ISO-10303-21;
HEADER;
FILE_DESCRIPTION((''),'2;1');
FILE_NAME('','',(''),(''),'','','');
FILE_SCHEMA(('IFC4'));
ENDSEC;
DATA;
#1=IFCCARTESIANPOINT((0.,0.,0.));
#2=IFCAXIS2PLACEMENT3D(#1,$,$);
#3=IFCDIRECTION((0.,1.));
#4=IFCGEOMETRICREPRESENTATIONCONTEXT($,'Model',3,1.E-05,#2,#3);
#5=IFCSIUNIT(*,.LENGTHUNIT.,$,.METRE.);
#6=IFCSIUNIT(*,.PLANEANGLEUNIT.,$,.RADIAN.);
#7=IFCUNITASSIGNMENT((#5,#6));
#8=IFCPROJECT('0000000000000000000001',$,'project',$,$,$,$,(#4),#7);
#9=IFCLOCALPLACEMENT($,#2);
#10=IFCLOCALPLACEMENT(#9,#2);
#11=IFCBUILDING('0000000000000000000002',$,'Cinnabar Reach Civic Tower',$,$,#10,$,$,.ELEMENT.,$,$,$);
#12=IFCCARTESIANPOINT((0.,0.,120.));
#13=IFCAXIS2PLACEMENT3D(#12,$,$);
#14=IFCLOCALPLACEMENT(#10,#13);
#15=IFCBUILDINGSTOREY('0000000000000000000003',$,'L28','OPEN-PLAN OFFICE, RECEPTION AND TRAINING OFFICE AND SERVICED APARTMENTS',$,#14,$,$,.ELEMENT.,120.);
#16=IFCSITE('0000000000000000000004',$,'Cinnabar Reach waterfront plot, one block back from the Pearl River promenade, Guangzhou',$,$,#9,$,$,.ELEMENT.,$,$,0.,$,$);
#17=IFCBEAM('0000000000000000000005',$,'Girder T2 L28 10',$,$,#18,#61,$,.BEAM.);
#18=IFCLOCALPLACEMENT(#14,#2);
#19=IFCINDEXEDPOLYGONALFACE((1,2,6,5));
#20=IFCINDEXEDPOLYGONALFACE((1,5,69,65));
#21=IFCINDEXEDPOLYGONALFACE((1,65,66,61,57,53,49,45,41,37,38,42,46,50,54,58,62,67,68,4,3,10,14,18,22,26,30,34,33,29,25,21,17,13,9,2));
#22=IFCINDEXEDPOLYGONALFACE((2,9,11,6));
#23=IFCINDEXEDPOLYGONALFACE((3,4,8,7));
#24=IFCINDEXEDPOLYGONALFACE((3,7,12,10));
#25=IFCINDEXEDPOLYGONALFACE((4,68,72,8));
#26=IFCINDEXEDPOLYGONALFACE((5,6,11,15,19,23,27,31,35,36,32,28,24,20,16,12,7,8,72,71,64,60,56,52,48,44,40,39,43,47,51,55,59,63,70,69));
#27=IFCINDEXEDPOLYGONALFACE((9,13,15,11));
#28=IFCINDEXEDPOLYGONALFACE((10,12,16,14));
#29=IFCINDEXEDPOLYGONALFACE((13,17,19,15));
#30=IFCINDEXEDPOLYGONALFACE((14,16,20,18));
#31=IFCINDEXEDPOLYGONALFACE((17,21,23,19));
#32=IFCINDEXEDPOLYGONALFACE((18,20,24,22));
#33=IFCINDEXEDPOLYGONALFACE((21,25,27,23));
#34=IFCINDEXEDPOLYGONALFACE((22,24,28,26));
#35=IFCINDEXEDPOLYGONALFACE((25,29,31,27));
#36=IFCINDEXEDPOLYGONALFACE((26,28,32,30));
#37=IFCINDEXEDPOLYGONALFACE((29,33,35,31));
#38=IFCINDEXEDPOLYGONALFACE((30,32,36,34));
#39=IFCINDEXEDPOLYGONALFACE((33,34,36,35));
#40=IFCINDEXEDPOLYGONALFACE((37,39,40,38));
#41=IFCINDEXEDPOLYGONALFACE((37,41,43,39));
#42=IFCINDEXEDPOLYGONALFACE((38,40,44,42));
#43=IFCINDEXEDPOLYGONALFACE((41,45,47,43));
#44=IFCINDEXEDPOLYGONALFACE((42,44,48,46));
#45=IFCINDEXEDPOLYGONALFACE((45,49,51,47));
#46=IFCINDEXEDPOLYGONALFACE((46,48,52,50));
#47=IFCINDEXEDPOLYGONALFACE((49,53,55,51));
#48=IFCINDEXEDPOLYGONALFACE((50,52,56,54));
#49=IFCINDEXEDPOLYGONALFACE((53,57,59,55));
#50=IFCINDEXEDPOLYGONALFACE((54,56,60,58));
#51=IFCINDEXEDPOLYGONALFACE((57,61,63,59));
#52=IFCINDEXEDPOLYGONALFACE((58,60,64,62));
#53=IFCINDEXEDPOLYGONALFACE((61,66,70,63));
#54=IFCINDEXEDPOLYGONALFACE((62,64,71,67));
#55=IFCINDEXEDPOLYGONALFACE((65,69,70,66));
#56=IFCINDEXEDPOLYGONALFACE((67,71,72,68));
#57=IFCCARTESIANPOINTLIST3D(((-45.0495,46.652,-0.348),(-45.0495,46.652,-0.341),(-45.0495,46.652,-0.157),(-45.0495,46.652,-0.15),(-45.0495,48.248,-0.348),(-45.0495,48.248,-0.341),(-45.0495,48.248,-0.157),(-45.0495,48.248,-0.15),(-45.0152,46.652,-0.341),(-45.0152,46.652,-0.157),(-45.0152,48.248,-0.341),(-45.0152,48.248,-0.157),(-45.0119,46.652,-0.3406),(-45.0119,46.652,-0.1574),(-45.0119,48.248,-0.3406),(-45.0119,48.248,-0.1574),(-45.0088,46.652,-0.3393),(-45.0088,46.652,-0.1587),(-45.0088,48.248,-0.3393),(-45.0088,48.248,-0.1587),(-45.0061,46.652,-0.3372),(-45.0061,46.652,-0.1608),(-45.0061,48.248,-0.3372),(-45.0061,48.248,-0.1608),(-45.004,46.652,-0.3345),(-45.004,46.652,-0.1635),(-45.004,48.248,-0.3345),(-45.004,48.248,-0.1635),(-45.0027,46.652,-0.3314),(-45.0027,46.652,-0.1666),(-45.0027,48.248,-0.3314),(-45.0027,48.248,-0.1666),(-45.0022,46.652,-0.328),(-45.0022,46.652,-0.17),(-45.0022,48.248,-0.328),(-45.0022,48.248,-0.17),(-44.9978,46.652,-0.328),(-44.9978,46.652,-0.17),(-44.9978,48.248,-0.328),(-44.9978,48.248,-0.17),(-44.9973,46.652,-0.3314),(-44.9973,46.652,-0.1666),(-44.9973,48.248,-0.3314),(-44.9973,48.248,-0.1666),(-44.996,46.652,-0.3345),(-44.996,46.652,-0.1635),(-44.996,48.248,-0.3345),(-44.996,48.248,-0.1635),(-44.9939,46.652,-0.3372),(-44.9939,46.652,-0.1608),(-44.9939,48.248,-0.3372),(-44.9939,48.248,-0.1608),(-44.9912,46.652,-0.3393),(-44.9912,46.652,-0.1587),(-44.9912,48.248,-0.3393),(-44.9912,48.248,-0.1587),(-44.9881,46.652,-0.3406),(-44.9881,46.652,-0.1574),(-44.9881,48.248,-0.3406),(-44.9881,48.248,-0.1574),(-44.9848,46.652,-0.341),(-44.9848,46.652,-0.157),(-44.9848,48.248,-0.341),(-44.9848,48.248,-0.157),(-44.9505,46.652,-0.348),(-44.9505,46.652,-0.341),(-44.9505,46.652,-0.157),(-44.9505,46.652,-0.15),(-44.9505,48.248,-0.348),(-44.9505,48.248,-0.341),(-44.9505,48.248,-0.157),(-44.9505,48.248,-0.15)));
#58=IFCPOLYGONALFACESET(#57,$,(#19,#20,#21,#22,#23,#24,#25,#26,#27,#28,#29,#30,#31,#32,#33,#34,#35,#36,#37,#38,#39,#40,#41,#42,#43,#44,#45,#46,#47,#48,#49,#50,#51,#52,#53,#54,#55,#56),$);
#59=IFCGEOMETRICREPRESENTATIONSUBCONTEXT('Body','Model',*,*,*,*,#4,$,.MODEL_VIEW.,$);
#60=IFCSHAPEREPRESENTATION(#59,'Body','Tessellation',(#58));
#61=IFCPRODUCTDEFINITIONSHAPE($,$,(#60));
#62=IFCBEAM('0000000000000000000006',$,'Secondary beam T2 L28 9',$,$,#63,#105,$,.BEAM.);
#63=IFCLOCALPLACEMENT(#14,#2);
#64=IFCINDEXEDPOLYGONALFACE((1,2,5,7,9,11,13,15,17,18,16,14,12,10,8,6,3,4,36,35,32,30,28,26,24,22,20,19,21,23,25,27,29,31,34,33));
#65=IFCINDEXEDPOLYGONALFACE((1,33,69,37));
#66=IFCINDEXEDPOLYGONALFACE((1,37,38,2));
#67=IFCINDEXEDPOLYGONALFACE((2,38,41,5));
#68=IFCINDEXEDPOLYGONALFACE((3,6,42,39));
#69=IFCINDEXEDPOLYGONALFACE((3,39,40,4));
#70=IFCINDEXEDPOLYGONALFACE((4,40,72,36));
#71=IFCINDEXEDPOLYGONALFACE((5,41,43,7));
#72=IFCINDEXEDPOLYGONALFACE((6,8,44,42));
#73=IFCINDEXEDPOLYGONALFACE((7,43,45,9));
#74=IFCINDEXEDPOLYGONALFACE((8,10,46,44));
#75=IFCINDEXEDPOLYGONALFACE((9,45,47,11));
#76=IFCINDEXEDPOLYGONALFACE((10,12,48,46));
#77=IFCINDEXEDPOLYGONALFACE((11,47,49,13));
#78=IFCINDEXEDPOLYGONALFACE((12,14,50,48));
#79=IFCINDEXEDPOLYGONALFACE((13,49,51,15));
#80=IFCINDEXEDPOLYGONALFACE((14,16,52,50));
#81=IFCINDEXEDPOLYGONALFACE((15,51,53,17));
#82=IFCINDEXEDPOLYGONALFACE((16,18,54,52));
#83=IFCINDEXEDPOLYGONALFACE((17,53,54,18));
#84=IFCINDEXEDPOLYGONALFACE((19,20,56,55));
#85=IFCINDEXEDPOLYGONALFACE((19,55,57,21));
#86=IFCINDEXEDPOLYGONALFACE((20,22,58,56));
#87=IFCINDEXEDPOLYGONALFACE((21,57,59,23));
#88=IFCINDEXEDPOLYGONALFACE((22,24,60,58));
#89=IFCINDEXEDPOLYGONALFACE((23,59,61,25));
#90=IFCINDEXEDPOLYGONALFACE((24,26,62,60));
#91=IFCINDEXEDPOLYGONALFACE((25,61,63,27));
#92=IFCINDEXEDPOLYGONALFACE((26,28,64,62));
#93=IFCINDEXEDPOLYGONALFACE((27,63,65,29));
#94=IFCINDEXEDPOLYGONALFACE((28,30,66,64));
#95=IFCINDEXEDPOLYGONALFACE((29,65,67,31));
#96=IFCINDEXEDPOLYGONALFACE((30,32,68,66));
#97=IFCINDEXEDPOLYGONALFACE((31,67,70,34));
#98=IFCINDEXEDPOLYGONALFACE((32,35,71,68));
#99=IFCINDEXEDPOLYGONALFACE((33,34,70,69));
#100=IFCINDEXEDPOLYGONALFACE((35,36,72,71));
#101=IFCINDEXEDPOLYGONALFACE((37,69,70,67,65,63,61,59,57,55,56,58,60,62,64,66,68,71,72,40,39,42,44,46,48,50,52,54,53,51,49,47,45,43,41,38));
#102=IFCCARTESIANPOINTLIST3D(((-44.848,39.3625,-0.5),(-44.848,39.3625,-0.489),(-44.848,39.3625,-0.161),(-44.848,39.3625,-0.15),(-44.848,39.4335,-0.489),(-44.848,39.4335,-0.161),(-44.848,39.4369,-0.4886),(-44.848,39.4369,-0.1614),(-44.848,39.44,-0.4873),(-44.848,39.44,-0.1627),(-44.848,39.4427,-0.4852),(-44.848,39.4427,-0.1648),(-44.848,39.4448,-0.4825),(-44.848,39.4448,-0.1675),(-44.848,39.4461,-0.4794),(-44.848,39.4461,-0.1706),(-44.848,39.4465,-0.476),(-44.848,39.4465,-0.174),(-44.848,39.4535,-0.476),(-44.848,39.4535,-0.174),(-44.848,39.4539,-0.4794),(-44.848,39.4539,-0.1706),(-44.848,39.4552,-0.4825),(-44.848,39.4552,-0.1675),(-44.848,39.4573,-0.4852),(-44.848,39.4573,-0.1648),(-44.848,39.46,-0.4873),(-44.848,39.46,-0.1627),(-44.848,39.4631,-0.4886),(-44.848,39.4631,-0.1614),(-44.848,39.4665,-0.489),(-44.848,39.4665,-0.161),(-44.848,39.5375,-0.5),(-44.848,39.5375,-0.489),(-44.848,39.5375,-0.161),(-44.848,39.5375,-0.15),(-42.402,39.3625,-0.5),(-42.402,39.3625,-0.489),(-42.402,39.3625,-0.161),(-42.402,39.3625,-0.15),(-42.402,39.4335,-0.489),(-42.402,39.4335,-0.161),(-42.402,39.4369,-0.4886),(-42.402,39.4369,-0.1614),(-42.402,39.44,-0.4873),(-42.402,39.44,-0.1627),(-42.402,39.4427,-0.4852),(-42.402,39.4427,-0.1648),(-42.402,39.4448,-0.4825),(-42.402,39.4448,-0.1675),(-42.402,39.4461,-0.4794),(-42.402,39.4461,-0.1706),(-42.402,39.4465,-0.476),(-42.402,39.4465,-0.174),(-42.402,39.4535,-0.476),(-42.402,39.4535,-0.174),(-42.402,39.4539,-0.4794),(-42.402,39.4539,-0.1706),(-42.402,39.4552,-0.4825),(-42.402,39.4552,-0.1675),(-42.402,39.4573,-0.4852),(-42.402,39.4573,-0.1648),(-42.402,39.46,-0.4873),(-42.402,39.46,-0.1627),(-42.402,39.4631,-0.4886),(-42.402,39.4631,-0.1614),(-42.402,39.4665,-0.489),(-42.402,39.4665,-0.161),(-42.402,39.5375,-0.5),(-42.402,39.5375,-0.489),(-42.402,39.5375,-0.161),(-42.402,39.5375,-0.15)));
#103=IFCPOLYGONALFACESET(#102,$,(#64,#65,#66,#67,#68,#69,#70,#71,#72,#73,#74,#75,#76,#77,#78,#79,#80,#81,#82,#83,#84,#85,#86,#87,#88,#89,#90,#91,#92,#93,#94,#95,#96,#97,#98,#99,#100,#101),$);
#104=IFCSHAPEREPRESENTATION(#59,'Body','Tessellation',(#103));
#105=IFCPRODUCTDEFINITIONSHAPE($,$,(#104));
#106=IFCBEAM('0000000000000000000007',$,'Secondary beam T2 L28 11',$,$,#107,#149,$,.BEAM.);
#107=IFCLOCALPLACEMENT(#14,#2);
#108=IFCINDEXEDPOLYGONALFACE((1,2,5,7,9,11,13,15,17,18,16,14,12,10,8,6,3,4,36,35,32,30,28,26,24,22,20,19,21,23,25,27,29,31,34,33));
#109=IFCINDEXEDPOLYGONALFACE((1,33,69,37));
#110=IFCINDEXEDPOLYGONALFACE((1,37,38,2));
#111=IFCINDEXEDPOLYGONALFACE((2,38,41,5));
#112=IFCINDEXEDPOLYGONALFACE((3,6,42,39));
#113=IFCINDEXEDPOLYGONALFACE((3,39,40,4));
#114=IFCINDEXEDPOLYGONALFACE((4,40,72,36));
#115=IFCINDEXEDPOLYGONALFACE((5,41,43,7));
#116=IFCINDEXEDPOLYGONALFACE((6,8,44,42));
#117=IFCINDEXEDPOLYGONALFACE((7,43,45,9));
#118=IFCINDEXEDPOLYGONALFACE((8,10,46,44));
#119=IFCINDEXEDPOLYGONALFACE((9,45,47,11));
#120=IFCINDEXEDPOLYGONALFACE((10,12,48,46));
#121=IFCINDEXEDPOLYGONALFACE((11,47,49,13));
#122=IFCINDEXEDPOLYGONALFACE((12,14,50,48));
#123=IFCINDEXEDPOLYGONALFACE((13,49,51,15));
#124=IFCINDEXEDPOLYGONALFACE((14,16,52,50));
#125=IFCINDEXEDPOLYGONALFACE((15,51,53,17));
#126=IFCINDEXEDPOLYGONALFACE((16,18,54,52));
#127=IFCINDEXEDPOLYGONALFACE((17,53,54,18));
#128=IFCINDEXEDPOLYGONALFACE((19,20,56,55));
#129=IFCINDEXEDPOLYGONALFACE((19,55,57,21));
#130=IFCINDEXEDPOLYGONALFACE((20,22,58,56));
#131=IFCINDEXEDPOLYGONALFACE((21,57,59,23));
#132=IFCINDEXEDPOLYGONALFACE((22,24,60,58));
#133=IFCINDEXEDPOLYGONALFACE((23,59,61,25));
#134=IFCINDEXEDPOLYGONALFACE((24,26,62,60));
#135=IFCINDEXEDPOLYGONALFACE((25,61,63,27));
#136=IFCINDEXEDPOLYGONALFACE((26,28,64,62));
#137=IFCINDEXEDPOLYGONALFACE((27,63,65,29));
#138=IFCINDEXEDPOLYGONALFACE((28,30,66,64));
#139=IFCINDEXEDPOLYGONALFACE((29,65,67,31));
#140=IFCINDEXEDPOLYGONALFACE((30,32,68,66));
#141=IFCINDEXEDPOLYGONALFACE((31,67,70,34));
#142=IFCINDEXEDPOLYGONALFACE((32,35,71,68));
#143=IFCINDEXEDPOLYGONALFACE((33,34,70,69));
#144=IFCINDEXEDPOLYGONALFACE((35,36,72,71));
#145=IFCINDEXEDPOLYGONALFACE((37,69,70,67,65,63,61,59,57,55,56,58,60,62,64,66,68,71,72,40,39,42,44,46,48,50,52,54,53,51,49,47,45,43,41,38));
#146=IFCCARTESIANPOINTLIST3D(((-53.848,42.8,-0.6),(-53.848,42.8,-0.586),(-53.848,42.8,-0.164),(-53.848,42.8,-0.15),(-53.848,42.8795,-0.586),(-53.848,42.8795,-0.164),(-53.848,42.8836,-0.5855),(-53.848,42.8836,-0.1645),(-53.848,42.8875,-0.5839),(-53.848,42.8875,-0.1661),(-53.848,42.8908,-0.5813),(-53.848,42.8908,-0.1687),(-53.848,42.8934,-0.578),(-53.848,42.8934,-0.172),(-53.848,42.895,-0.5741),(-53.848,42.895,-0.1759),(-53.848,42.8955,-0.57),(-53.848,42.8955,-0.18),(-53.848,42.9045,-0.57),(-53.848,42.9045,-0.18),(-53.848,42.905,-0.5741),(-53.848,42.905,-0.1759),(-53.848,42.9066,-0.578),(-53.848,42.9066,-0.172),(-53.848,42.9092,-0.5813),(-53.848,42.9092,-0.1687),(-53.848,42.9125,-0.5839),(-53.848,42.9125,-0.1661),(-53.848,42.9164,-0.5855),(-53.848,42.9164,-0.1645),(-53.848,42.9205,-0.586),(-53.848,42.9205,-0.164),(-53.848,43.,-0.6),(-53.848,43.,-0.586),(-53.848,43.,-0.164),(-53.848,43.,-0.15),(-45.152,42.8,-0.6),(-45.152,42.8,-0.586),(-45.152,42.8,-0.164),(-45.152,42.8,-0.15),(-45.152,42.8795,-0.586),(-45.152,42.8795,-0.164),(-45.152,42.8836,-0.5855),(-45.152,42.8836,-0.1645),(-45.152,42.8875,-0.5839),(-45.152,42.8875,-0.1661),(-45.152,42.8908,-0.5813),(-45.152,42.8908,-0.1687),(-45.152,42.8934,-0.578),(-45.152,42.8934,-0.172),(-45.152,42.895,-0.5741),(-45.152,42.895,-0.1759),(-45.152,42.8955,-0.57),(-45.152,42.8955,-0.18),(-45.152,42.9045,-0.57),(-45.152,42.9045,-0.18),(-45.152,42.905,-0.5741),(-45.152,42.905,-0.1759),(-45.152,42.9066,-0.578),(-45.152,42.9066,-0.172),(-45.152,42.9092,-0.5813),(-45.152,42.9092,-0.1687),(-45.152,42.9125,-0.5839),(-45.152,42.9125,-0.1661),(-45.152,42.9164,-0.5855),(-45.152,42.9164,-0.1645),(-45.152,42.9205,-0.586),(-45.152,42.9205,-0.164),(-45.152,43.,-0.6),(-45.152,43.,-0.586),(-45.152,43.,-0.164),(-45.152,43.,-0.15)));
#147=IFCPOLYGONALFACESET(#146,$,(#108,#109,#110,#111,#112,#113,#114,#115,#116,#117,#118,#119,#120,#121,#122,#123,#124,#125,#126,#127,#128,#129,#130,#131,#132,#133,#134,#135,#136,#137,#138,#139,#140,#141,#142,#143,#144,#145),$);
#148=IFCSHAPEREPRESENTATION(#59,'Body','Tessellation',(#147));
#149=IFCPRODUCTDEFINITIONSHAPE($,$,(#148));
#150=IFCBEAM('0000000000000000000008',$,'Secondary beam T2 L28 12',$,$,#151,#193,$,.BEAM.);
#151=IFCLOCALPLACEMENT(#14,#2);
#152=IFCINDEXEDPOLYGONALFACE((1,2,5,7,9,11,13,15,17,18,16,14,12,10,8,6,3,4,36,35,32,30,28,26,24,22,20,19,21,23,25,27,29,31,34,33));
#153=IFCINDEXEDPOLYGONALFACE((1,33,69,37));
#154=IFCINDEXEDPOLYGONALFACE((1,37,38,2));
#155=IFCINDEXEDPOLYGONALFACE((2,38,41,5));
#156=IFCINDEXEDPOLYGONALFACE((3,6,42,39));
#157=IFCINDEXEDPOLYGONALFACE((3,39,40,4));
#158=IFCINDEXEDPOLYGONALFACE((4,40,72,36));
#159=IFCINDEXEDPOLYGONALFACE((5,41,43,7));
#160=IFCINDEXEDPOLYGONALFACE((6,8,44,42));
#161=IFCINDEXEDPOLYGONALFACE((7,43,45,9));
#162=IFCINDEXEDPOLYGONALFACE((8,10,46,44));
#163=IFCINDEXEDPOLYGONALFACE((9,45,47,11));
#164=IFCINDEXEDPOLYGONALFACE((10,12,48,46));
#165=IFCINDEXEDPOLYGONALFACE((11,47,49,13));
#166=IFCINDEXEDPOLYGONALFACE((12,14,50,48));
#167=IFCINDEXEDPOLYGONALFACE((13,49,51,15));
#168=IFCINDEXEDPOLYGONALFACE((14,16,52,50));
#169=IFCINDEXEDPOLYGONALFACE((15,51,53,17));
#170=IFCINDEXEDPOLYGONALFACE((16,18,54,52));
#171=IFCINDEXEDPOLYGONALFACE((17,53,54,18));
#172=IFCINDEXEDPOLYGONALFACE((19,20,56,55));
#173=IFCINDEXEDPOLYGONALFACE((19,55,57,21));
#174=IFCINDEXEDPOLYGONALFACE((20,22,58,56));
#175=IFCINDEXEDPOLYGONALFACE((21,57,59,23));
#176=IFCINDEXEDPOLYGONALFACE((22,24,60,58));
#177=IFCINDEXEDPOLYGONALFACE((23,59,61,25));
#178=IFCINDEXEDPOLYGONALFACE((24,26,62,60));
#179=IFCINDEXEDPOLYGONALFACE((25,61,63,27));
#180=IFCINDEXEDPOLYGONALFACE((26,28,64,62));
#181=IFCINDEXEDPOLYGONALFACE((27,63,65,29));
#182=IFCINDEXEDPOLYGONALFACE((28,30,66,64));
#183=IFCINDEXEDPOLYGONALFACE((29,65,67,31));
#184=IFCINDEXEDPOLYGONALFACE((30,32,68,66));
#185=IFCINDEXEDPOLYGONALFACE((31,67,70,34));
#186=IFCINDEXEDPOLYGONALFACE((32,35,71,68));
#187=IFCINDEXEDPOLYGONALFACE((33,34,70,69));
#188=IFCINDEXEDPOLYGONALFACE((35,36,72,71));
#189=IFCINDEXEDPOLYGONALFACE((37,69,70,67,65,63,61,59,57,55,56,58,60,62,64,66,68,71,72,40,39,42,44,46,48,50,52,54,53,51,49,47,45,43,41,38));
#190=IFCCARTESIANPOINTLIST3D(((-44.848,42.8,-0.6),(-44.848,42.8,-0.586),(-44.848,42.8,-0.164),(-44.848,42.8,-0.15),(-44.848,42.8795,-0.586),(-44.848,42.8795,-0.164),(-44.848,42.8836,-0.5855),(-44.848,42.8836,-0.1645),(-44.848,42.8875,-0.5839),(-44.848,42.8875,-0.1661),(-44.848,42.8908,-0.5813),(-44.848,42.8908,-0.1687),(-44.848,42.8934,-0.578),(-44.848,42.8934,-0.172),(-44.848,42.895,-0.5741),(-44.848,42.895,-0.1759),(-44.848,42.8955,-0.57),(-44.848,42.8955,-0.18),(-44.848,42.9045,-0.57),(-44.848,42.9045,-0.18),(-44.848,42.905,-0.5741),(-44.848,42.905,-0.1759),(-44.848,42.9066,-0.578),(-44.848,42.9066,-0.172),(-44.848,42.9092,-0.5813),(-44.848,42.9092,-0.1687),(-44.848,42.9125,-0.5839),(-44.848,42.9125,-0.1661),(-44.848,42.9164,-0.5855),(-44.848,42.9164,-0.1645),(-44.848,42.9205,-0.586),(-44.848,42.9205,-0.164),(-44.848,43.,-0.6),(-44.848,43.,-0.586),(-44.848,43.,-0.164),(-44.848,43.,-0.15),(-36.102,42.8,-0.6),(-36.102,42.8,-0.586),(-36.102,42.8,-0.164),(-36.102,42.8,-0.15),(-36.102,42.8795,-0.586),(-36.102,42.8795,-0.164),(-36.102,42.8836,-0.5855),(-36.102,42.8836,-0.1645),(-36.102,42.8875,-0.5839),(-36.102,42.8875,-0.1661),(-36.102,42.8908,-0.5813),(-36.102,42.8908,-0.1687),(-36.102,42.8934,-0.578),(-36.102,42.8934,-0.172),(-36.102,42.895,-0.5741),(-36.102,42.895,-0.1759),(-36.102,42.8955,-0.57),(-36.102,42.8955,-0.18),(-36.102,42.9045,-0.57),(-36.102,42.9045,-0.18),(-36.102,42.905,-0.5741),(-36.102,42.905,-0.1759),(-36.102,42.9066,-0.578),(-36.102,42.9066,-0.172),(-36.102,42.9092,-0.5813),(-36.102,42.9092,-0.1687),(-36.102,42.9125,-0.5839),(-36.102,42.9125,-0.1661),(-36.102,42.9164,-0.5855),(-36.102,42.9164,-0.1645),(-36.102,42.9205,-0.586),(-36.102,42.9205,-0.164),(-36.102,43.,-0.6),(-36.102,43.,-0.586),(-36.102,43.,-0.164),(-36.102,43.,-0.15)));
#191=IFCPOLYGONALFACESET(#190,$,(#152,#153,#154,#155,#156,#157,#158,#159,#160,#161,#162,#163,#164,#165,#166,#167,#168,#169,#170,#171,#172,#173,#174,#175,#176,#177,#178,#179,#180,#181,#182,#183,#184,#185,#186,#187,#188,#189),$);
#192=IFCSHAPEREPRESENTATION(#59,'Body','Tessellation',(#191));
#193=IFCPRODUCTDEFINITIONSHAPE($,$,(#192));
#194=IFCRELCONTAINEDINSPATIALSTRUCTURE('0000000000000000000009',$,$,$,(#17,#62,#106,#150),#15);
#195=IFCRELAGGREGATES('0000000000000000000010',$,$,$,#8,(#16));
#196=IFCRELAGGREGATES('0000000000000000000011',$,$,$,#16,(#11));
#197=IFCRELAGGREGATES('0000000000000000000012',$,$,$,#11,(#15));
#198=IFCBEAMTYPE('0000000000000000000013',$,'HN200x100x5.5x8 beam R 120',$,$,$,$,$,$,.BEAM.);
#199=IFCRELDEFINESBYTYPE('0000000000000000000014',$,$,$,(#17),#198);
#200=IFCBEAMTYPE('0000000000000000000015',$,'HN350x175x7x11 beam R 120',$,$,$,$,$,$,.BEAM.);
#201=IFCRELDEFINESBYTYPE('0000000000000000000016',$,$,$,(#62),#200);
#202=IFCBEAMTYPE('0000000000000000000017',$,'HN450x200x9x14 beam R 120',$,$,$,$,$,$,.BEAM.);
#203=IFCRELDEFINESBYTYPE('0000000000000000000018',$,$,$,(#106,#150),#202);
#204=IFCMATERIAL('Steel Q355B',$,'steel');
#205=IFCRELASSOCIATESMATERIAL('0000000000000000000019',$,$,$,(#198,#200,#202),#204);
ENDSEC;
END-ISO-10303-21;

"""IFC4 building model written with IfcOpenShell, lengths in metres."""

from ifc_helpers import new_model, si_unit, direction, frame, origin, origin_2d, place, context, subcontext, project, spatial, i_section, extrude, material, material_profile, profile_set, type_object, element, save


model = new_model("IFC4")

# Units and contexts
model_context = context("Model", 3, precision=1e-05, world=origin(), true_north=direction((0.0, 1.0)))
body_context = subcontext(model_context, "Body", "Model", "MODEL_VIEW")
ifc_project = project(units=[si_unit("LENGTHUNIT", "METRE"), si_unit("PLANEANGLEUNIT", "RADIAN")], contexts=[model_context])

# Site, building, storey
site_placement = place(None, origin())
site = spatial("IfcSite", under=ifc_project, at=site_placement, Name="Cinnabar Reach waterfront plot, one block back from the Pearl River promenade, Guangzhou", CompositionType="ELEMENT", RefElevation=0.0)
building_placement = place(site_placement, origin())
building = spatial("IfcBuilding", under=site, at=building_placement, Name="Cinnabar Reach Civic Tower", CompositionType="ELEMENT")
storey_placement = place(building_placement, frame((0.0, 0.0, 120.0)))
storey = spatial("IfcBuildingStorey", under=building, at=storey_placement, Name="L28", Description="OPEN-PLAN OFFICE, RECEPTION AND TRAINING OFFICE AND SERVICED APARTMENTS", CompositionType="ELEMENT", Elevation=120.0)

# Beams
ifc_material_1 = material(Name="Steel Q355B", Category="steel")
ifc_material_profile_1 = material_profile(ifc_material_1, i_section(OverallWidth=0.099, OverallDepth=0.198, WebThickness=0.0045, FlangeThickness=0.007, FilletRadius=0.013, at=origin_2d()), Name="HN200x100x5.5x8")
ifc_profile_set_1 = profile_set([ifc_material_profile_1], Name="Steel Q355B")
beam_type_1 = type_object("IfcBeamType", Name="HN200x100x5.5x8 beam R 120", PredefinedType="BEAM", material=ifc_profile_set_1)
beam_1_placement = place(storey_placement, frame((-45.0, 46.652, -0.249), z_axis=(0.0, 1.0, 0.0), x_axis=(-1.0, 0.0, 0.0)))
element("IfcBeam", 1, at=beam_1_placement, inside=storey, type_object=beam_type_1, Name="Girder T2 L28 10", PredefinedType="BEAM", context=body_context, shape_type="SweptSolid", body=[
    extrude(i_section(OverallWidth=0.099, OverallDepth=0.198, WebThickness=0.0045, FlangeThickness=0.007, FilletRadius=0.013, at=origin_2d()), origin(), (0.0, 0.0, 1.0), 1.596),
])
ifc_material_profile_2 = material_profile(ifc_material_1, i_section(OverallWidth=0.175, OverallDepth=0.35, WebThickness=0.007, FlangeThickness=0.011, FilletRadius=0.013, at=origin_2d()), Name="HN350x175x7x11")
ifc_profile_set_2 = profile_set([ifc_material_profile_2], Name="Steel Q355B")
beam_type_2 = type_object("IfcBeamType", Name="HN350x175x7x11 beam R 120", PredefinedType="BEAM", material=ifc_profile_set_2)
beam_2_placement = place(storey_placement, frame((-44.848, 39.45, -0.325), z_axis=(1.0, 0.0, 0.0), x_axis=(0.0, 1.0, 0.0)))
element("IfcBeam", 2, at=beam_2_placement, inside=storey, type_object=beam_type_2, Name="Secondary beam T2 L28 9", PredefinedType="BEAM", context=body_context, shape_type="SweptSolid", body=[
    extrude(i_section(OverallWidth=0.175, OverallDepth=0.35, WebThickness=0.007, FlangeThickness=0.011, FilletRadius=0.013, at=origin_2d()), origin(), (0.0, 0.0, 1.0), 2.446),
])
ifc_material_profile_3 = material_profile(ifc_material_1, i_section(OverallWidth=0.2, OverallDepth=0.45, WebThickness=0.009, FlangeThickness=0.014, FilletRadius=0.016, at=origin_2d()), Name="HN450x200x9x14")
ifc_profile_set_3 = profile_set([ifc_material_profile_3], Name="Steel Q355B")
beam_type_3 = type_object("IfcBeamType", Name="HN450x200x9x14 beam R 120", PredefinedType="BEAM", material=ifc_profile_set_3)
beam_3_placement = place(storey_placement, frame((-53.848, 42.9, -0.375), z_axis=(1.0, 0.0, 0.0), x_axis=(0.0, 1.0, 0.0)))
element("IfcBeam", 3, at=beam_3_placement, inside=storey, type_object=beam_type_3, Name="Secondary beam T2 L28 11", PredefinedType="BEAM", context=body_context, shape_type="SweptSolid", body=[
    extrude(i_section(OverallWidth=0.2, OverallDepth=0.45, WebThickness=0.009, FlangeThickness=0.014, FilletRadius=0.016, at=origin_2d()), origin(), (0.0, 0.0, 1.0), 8.696),
])
beam_4_placement = place(storey_placement, frame((-44.848, 42.9, -0.375), z_axis=(1.0, 0.0, 0.0), x_axis=(0.0, 1.0, 0.0)))
element("IfcBeam", 4, at=beam_4_placement, inside=storey, type_object=beam_type_3, Name="Secondary beam T2 L28 12", PredefinedType="BEAM", context=body_context, shape_type="SweptSolid", body=[
    extrude(i_section(OverallWidth=0.2, OverallDepth=0.45, WebThickness=0.009, FlangeThickness=0.014, FilletRadius=0.016, at=origin_2d()), origin(), (0.0, 0.0, 1.0), 8.746),
])

save(model, "model.ifc")
